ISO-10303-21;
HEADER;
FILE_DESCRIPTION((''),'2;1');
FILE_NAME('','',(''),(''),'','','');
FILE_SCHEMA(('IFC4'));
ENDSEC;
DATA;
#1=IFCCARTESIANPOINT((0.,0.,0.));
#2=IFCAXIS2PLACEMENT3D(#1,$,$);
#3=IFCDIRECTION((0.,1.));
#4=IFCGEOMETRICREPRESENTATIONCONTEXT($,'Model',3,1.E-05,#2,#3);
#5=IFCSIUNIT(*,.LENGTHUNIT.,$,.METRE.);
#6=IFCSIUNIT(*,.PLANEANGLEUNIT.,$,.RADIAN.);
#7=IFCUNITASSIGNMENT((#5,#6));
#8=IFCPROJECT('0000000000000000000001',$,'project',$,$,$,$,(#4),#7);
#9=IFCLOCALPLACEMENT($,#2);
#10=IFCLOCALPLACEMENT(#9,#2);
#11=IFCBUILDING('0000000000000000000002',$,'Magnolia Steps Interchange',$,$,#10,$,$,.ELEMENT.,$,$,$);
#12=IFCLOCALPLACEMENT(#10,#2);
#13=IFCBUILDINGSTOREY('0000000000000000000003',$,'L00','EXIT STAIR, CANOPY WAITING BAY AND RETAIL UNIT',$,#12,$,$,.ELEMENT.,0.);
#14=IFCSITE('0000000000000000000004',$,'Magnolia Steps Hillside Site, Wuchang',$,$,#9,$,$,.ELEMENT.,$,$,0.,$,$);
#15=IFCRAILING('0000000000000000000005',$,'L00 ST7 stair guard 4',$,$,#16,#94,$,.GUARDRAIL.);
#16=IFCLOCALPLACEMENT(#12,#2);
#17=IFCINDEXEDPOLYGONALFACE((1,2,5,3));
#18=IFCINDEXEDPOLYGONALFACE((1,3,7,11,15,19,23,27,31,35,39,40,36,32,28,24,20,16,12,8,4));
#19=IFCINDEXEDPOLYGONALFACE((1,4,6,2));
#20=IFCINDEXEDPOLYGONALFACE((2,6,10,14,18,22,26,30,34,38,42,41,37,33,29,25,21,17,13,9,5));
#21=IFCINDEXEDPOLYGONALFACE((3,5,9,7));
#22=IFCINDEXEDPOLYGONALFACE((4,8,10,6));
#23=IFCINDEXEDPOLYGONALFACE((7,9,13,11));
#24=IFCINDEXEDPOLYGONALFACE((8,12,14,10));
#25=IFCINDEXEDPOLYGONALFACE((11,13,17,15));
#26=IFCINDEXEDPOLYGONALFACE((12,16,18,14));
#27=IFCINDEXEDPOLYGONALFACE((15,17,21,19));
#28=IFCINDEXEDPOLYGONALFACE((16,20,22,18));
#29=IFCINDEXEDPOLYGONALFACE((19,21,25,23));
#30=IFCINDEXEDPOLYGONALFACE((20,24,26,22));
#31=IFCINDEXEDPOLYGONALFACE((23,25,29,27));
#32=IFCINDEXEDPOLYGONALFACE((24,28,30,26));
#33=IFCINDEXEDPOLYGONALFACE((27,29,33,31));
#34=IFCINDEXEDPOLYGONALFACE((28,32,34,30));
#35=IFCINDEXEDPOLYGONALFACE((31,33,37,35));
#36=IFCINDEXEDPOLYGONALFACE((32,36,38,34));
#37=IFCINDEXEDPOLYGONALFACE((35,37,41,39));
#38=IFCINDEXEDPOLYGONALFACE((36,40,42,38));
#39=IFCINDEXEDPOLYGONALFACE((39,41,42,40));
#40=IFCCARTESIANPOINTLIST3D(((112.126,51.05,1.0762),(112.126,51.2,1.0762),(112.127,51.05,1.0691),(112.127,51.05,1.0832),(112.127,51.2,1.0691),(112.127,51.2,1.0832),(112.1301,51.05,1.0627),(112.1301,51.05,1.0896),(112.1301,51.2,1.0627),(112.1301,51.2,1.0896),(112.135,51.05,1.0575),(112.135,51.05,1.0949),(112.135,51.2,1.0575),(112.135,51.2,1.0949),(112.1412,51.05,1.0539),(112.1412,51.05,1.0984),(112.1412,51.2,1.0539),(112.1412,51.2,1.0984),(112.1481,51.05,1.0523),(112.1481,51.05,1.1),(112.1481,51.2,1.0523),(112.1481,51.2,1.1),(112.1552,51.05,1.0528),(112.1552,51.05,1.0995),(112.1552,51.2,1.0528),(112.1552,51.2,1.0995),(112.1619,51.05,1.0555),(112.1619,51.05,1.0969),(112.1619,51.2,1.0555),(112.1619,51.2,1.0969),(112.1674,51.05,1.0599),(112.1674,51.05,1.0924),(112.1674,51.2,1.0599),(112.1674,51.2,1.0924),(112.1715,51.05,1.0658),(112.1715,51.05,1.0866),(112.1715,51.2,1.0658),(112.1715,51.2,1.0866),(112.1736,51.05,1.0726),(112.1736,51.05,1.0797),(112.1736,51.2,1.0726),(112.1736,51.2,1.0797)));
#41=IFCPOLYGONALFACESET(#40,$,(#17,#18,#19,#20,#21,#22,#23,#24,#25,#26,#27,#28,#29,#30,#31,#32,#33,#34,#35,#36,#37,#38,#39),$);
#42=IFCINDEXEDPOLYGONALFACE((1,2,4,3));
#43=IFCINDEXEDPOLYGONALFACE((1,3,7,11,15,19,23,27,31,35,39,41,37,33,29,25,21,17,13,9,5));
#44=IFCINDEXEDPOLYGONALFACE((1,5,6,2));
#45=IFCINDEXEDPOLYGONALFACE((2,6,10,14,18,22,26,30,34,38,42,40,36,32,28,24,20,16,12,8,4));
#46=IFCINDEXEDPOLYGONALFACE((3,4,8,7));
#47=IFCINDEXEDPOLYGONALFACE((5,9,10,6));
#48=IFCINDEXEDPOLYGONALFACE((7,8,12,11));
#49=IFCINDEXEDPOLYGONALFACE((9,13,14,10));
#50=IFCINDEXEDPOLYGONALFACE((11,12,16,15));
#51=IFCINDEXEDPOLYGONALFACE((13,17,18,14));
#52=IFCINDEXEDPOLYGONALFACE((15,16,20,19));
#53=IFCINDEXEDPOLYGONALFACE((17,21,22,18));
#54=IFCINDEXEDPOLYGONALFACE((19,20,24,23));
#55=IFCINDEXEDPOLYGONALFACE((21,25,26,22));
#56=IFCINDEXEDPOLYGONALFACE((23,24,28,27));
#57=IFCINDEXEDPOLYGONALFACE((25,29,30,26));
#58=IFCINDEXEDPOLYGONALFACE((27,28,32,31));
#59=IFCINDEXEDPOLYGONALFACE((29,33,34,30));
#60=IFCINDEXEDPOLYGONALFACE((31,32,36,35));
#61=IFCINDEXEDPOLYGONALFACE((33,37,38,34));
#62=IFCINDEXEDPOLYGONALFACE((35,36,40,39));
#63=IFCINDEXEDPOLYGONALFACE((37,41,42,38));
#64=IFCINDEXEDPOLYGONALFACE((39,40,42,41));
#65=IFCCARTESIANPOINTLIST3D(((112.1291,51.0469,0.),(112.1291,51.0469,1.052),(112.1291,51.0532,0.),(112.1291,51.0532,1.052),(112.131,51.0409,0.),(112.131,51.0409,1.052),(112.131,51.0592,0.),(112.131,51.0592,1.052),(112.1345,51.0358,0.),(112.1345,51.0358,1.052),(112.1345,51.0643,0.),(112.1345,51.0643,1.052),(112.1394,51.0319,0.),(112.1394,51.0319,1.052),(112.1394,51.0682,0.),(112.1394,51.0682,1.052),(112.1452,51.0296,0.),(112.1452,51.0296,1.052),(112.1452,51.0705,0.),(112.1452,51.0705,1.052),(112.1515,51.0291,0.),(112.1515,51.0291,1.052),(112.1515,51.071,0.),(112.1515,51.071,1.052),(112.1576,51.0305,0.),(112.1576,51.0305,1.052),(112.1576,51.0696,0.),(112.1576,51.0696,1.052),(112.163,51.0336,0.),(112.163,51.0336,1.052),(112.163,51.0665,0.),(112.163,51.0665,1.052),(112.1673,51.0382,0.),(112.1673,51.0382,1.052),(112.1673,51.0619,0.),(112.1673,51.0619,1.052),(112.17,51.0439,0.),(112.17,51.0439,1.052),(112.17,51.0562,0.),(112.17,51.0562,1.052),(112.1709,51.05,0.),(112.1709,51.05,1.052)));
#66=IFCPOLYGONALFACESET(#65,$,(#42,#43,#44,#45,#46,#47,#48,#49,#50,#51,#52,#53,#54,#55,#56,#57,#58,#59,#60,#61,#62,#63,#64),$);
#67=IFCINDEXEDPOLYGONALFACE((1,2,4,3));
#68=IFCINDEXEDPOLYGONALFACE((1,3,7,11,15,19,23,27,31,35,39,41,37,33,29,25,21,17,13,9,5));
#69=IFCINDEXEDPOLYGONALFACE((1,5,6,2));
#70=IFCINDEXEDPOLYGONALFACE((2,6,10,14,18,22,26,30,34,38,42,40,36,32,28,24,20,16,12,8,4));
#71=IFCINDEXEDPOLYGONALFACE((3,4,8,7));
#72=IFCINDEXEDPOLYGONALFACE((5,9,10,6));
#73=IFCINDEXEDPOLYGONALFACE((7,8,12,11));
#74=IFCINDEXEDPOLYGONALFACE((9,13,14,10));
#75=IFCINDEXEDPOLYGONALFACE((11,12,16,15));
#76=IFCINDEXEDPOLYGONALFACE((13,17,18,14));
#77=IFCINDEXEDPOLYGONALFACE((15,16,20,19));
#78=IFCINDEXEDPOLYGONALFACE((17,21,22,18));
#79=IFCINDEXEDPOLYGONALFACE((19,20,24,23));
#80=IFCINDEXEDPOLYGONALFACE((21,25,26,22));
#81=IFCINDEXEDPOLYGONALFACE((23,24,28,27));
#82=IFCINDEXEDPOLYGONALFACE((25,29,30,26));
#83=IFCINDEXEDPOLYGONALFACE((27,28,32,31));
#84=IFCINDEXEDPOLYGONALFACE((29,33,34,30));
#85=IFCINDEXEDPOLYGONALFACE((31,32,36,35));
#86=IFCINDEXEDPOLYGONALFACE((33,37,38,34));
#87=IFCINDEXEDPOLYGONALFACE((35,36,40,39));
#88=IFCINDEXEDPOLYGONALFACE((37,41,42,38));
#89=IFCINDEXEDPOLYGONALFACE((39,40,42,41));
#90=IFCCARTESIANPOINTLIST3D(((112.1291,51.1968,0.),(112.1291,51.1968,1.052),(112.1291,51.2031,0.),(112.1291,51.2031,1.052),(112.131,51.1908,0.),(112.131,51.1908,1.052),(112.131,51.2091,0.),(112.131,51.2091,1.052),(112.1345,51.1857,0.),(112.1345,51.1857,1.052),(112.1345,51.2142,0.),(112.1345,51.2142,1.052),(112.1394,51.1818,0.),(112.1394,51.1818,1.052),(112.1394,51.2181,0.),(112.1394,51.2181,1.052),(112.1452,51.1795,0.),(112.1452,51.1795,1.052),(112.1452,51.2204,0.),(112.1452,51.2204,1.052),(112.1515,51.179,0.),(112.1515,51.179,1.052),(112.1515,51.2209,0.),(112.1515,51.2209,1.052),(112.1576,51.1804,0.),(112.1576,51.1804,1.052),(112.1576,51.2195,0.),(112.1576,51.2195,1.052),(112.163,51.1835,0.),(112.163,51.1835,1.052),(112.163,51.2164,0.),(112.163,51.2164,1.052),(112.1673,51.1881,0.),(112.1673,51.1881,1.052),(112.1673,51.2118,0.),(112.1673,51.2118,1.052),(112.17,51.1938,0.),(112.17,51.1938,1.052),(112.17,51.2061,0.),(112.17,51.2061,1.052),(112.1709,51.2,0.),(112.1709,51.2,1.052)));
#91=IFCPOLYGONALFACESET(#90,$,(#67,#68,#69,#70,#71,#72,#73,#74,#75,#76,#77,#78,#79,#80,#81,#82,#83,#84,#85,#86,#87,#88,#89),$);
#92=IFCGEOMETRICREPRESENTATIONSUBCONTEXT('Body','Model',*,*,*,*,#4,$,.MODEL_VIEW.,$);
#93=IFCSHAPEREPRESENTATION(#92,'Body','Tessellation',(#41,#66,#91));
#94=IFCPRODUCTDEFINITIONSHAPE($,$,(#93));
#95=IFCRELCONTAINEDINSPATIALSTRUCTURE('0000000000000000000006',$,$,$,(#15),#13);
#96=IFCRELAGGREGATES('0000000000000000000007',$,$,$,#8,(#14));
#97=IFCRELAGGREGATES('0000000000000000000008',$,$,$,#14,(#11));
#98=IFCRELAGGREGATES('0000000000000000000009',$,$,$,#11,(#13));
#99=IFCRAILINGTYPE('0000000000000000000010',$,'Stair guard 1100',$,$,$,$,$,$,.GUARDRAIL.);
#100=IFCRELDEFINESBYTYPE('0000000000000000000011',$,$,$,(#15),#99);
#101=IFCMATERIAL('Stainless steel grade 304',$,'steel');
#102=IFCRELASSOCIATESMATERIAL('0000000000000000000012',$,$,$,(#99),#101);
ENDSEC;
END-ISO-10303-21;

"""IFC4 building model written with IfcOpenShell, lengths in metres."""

from ifc_helpers import new_model, si_unit, direction, frame, origin, origin_2d, place, context, subcontext, project, spatial, circle, extrude, material, type_object, element, save


model = new_model("IFC4")

# Units and contexts
model_context = context("Model", 3, precision=1e-05, world=origin(), true_north=direction((0.0, 1.0)))
body_context = subcontext(model_context, "Body", "Model", "MODEL_VIEW")
ifc_project = project(units=[si_unit("LENGTHUNIT", "METRE"), si_unit("PLANEANGLEUNIT", "RADIAN")], contexts=[model_context])

# Site, building, storey
site_placement = place(None, origin())
site = spatial("IfcSite", under=ifc_project, at=site_placement, Name="Magnolia Steps Hillside Site, Wuchang", CompositionType="ELEMENT", RefElevation=0.0)
building_placement = place(site_placement, origin())
building = spatial("IfcBuilding", under=site, at=building_placement, Name="Magnolia Steps Interchange", CompositionType="ELEMENT")
storey_placement = place(building_placement, origin())
storey = spatial("IfcBuildingStorey", under=building, at=storey_placement, Name="L00", Description="EXIT STAIR, CANOPY WAITING BAY AND RETAIL UNIT", CompositionType="ELEMENT", Elevation=0.0)

# Railing
ifc_material_1 = material(Name="Stainless steel grade 304", Category="steel")
railing_type_1 = type_object("IfcRailingType", Name="Stair guard 1100", PredefinedType="GUARDRAIL", material=ifc_material_1)
railing_1_placement = place(storey_placement, frame((112.1499, 51.05, 0.0)))
element("IfcRailing", 1, at=railing_1_placement, inside=storey, type_object=railing_type_1, Name="L00 ST7 stair guard 4", PredefinedType="GUARDRAIL", context=body_context, shape_type="SweptSolid", body=[
    extrude(circle(Radius=0.0239, at=origin_2d()), frame((0.0, 0.0, 1.0762), z_axis=(0.0, 1.0, 0.0), x_axis=(-1.0, 0.0, 0.0)), (0.0, 0.0, 1.0), 0.1499),
    extrude(circle(Radius=0.021, at=origin_2d()), origin(), (0.0, 0.0, 1.0), 1.052),
    extrude(circle(Radius=0.021, at=origin_2d()), frame((0.0, 0.1499, 0.0)), (0.0, 0.0, 1.0), 1.052),
])

save(model, "model.ifc")
